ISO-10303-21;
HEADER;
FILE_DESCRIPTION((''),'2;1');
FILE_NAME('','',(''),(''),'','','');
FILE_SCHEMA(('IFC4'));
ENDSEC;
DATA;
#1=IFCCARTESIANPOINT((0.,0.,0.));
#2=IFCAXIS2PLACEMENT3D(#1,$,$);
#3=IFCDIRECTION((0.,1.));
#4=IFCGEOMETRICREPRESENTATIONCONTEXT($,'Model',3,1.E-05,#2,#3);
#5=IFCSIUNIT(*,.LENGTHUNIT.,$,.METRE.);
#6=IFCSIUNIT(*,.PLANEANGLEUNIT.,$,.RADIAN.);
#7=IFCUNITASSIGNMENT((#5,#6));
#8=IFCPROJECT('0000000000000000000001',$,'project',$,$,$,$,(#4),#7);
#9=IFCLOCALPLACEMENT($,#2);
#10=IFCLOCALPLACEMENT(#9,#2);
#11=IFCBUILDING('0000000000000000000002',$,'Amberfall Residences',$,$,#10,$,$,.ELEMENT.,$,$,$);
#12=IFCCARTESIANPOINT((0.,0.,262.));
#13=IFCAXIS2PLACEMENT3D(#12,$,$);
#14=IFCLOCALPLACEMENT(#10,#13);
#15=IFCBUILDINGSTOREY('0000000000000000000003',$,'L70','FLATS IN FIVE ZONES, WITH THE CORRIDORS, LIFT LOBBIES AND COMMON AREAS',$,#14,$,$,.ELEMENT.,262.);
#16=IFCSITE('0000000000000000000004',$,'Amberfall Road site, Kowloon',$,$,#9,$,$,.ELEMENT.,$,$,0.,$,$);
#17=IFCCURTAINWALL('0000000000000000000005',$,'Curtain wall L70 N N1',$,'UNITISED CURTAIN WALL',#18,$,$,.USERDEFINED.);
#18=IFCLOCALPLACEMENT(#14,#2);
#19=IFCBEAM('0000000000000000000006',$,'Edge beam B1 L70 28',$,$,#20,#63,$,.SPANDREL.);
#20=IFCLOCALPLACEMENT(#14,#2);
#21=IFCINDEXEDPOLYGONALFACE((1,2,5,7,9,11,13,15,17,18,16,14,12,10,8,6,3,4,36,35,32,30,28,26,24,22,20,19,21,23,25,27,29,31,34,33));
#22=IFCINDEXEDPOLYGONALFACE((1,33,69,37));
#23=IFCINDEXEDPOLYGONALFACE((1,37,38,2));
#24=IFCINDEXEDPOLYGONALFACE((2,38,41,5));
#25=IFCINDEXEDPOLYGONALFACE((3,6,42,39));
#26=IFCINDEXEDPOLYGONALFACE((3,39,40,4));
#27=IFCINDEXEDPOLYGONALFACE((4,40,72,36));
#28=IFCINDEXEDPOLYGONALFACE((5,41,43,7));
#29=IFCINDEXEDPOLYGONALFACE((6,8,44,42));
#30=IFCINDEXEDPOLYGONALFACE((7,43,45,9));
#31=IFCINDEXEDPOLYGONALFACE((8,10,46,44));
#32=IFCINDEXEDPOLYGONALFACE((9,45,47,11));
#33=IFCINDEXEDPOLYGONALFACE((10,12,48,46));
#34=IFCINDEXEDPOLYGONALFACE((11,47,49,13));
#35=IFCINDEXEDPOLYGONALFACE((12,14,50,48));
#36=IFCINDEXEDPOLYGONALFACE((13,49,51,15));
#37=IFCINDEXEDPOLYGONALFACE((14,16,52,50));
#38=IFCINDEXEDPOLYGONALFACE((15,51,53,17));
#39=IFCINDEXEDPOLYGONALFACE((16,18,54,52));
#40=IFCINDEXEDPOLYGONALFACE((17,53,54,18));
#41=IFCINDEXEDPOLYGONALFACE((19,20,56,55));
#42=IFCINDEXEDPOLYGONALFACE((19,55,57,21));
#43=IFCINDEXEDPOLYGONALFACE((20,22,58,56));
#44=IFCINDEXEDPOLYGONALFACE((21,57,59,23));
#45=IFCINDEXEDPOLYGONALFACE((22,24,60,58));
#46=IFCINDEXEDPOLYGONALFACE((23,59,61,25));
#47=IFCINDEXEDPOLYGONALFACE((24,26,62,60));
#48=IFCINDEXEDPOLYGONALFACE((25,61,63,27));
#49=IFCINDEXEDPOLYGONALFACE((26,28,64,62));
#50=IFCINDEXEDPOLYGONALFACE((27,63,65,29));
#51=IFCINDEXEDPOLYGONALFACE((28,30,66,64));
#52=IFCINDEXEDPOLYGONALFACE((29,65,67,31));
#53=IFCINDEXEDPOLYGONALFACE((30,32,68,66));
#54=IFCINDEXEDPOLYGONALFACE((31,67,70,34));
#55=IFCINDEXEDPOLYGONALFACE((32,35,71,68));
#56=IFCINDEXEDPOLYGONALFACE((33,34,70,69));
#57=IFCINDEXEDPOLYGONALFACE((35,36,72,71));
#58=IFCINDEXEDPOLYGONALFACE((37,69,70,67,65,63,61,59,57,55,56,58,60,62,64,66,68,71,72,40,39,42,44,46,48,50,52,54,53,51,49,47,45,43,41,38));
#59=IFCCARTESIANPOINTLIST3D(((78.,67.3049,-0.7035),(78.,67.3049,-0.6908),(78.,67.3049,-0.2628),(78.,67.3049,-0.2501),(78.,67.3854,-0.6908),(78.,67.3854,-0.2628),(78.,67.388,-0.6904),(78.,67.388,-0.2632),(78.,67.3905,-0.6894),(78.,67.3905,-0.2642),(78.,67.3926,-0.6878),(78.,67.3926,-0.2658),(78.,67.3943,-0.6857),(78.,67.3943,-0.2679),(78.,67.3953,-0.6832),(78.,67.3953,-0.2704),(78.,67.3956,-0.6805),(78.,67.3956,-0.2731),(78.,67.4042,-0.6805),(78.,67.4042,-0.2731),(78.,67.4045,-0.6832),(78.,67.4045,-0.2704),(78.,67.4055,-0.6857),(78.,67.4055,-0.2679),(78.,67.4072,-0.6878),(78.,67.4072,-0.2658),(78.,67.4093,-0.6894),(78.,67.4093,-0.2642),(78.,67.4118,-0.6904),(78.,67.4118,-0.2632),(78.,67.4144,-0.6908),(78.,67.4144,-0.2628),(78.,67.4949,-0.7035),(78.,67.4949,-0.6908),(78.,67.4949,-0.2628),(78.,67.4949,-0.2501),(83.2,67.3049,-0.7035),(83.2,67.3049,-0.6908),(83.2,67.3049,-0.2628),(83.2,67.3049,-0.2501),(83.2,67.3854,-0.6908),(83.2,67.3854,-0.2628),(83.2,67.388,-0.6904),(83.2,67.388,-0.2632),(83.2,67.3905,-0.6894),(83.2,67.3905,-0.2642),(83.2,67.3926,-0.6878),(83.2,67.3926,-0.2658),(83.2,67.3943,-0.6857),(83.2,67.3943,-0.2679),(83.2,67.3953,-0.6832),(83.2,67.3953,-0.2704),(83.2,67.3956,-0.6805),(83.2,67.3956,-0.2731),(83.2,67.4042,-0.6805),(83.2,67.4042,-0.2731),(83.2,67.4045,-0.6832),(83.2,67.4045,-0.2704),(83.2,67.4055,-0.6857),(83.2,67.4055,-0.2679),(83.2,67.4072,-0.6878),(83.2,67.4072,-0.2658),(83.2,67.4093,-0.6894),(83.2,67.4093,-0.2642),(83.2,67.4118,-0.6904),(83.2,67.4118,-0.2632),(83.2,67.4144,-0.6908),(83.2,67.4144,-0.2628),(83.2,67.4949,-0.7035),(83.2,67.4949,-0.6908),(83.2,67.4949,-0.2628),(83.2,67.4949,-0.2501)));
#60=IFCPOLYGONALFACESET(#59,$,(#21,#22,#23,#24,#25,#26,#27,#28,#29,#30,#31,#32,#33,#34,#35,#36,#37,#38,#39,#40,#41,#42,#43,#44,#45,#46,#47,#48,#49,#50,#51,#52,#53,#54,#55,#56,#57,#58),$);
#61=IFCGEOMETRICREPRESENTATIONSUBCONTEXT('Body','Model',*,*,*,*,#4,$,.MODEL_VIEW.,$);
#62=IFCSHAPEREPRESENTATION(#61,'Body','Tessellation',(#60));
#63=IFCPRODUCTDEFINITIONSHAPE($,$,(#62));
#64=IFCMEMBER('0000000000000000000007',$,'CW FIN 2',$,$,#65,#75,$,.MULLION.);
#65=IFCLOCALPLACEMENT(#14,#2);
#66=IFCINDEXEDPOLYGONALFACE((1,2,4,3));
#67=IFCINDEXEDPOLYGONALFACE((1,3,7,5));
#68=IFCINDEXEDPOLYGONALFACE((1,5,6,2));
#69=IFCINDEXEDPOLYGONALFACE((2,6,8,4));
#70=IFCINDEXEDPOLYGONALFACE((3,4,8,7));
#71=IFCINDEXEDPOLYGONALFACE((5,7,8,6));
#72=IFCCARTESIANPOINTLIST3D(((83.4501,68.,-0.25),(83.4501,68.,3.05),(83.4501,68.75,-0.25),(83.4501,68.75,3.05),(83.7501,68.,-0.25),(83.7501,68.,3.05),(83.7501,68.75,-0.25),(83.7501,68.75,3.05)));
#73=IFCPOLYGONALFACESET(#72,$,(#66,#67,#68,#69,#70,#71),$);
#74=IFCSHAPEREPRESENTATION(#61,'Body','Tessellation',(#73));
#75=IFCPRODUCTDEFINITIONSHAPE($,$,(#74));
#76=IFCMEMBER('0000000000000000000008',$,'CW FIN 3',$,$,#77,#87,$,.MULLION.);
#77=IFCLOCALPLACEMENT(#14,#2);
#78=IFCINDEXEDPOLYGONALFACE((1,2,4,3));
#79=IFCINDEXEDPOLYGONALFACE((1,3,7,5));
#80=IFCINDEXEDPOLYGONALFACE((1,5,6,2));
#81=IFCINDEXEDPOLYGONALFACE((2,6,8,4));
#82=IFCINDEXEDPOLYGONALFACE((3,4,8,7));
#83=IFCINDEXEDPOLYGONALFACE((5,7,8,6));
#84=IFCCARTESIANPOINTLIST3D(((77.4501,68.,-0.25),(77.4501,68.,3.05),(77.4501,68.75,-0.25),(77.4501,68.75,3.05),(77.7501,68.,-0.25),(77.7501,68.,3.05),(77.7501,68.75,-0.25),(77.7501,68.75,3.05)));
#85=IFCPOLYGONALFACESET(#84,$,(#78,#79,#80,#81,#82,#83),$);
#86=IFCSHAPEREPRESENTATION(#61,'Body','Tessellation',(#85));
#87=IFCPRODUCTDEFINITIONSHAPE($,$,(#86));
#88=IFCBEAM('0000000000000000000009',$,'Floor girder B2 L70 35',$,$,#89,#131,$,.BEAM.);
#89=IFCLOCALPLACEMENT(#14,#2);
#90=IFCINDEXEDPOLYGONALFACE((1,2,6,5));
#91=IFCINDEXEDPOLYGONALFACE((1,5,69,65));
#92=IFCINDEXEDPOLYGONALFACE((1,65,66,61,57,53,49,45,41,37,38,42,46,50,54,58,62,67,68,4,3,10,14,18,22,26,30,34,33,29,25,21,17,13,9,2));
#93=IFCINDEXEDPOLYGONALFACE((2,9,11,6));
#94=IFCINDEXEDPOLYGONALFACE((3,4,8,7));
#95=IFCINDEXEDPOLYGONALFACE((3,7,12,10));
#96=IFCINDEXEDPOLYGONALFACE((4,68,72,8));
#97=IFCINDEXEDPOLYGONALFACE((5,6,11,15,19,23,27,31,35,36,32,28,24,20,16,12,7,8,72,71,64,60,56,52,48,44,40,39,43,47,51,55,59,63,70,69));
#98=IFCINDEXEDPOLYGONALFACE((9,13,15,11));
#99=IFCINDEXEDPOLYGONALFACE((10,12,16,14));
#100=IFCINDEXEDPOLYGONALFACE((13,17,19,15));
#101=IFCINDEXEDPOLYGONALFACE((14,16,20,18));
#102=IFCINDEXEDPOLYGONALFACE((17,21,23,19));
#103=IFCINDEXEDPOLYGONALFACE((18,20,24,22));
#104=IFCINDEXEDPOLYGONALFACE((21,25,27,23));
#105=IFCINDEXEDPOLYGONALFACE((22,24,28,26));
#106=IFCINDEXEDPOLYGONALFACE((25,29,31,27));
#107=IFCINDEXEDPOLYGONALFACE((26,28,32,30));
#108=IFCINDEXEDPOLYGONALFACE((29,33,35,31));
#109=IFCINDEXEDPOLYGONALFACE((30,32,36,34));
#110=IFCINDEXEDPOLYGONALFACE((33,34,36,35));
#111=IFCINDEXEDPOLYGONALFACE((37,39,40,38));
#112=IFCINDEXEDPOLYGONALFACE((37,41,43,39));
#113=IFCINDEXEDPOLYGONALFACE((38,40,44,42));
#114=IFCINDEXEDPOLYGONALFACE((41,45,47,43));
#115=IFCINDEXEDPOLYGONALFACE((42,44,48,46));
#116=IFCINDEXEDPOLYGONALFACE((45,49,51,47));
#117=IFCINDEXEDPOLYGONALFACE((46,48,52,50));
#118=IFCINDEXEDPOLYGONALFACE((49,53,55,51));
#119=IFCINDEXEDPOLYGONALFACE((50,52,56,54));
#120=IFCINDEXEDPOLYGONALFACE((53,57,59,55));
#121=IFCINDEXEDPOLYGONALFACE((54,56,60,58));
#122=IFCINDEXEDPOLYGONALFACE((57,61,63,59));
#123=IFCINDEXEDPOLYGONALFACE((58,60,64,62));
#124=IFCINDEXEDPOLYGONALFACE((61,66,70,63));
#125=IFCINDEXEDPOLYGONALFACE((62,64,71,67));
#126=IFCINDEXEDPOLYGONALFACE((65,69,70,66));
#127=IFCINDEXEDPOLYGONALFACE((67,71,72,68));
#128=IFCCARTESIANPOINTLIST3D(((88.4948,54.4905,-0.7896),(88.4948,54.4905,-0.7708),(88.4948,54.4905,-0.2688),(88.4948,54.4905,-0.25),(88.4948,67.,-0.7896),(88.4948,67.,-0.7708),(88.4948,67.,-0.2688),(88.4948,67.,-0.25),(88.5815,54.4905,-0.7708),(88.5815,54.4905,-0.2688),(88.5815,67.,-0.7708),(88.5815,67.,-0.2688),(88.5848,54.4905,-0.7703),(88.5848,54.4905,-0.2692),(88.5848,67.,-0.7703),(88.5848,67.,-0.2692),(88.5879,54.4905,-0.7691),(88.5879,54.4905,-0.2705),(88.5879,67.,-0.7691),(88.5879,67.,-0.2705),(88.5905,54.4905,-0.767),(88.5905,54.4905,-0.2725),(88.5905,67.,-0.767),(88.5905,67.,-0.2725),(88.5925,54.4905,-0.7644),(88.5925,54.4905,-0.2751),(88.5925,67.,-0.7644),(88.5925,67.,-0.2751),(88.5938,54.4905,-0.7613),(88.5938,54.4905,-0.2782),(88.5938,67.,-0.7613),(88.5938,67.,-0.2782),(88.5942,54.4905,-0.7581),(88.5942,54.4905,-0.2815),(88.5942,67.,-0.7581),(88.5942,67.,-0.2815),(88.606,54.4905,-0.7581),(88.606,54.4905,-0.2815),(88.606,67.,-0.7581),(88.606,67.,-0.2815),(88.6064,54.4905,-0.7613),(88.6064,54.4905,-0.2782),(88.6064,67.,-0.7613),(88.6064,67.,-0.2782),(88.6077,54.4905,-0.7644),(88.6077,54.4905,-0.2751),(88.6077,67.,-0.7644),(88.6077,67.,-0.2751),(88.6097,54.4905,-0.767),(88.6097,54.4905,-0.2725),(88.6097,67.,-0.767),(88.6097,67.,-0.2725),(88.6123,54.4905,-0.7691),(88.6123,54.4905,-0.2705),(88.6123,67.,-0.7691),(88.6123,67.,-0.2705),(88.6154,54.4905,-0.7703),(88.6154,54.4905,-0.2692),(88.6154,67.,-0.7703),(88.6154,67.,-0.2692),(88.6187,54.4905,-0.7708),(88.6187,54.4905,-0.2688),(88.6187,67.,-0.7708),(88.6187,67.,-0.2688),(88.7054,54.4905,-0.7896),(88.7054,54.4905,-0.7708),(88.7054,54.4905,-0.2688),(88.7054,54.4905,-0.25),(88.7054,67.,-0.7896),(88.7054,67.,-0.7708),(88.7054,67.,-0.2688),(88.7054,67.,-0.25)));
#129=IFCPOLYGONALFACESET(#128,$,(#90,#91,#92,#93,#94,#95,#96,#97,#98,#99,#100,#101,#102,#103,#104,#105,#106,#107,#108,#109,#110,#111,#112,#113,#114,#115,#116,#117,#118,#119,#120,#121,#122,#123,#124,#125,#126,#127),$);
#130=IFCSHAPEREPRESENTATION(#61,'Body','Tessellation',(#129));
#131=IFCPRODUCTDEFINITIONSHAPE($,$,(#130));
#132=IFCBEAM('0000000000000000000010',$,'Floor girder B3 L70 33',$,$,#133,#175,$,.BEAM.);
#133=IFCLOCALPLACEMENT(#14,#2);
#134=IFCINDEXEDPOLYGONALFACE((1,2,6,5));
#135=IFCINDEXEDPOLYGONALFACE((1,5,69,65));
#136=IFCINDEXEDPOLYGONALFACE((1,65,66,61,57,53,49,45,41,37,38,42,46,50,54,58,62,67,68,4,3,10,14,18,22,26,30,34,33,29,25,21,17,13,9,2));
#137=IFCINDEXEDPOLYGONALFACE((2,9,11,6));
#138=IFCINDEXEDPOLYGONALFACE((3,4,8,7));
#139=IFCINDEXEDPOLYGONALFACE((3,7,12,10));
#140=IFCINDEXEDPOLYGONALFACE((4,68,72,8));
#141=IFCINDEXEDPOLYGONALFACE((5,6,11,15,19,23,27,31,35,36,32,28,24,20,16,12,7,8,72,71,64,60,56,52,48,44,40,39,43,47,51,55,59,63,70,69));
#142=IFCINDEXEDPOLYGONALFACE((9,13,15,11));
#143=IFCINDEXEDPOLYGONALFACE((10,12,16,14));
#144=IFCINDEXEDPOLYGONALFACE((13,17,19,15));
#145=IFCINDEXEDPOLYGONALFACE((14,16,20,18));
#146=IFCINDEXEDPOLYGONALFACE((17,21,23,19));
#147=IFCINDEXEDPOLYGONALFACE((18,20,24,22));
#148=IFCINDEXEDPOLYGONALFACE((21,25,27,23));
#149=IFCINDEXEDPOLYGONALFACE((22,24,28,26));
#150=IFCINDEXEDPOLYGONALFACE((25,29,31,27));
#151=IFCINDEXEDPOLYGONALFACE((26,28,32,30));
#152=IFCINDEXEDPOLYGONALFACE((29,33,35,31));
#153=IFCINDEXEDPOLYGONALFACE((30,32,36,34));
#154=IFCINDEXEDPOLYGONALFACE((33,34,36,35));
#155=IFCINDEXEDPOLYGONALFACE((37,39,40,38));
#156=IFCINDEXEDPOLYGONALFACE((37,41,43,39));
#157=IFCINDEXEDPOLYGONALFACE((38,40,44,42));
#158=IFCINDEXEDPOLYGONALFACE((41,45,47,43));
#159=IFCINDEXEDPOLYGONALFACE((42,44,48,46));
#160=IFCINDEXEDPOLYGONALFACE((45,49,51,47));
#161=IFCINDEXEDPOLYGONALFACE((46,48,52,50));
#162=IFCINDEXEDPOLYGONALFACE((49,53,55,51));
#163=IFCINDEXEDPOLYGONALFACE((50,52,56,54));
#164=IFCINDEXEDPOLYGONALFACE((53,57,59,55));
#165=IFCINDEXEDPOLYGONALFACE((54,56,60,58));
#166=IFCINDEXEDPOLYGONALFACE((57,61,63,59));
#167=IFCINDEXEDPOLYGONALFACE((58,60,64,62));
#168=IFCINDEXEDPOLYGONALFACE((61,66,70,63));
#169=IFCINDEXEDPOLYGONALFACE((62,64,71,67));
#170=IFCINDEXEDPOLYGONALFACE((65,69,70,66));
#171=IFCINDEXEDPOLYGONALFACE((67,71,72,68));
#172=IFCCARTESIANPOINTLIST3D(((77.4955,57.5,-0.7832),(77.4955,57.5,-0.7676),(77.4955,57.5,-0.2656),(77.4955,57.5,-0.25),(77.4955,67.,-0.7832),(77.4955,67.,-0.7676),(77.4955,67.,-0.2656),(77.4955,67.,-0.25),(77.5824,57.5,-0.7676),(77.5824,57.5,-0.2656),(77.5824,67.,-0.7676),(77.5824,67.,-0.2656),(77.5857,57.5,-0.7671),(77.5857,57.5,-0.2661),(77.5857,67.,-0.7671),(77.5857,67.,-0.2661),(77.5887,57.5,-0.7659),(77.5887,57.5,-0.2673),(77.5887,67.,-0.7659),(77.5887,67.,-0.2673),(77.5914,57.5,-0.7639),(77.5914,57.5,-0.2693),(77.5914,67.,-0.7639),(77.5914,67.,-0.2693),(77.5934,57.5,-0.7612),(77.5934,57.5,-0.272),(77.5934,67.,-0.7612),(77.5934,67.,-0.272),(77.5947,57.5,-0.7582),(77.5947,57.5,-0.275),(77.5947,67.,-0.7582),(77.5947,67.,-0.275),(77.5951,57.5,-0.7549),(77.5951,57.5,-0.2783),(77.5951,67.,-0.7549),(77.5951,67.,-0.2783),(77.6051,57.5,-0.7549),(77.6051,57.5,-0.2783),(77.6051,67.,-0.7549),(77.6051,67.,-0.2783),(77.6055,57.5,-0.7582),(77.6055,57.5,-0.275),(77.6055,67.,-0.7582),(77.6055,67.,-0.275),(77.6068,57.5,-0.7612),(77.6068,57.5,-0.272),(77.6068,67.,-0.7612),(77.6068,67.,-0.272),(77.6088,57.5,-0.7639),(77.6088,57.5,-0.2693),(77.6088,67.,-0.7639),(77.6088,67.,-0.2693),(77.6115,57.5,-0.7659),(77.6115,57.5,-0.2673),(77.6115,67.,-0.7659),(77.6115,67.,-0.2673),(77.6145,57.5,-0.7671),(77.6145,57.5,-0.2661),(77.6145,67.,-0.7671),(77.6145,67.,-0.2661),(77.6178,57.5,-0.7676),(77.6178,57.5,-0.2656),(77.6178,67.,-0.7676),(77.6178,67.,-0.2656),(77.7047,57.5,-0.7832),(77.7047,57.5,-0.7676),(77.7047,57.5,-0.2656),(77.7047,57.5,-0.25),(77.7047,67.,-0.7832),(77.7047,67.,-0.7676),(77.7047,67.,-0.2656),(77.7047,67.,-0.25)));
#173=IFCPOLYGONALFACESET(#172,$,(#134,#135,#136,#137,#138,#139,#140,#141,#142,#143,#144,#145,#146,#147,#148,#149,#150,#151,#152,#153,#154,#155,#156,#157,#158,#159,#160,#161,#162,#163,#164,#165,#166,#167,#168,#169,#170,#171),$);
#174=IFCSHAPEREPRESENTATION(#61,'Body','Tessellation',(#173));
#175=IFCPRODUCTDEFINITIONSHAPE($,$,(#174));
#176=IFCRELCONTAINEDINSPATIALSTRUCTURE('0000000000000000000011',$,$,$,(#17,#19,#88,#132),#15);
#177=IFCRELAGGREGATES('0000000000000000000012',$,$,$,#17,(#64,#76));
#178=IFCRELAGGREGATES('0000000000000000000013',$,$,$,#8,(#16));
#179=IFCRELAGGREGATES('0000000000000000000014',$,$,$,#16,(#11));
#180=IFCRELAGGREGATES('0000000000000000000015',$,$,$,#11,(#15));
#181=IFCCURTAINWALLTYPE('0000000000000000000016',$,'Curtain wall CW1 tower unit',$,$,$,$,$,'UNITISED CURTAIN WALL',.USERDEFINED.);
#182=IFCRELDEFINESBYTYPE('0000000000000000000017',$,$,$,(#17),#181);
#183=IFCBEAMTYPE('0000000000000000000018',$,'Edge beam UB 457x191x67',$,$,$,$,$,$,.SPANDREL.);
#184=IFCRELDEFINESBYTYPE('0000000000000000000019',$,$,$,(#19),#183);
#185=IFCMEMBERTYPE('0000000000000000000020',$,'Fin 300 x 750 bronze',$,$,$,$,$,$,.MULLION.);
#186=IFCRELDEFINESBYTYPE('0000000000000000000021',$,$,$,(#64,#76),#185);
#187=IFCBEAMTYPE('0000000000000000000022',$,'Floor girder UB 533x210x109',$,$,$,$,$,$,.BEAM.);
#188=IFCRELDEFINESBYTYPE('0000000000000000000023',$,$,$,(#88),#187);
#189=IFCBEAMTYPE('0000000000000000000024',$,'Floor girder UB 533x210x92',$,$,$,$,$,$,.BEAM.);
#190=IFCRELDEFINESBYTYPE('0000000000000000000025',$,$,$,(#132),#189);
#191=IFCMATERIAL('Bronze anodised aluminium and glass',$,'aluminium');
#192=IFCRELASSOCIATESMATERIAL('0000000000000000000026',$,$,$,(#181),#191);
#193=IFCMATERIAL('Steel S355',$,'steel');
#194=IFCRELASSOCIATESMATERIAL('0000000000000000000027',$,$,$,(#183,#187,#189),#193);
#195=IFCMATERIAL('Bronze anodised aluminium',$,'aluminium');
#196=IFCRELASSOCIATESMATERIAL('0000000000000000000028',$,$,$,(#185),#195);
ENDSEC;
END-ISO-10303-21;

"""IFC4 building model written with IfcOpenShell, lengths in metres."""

from ifc_helpers import new_model, si_unit, direction, frame, origin, origin_2d, place, context, subcontext, project, spatial, rectangle, i_section, extrude, material, material_profile, profile_set, type_object, element, aggregate, save


model = new_model("IFC4")

# Units and contexts
model_context = context("Model", 3, precision=1e-05, world=origin(), true_north=direction((0.0, 1.0)))
body_context = subcontext(model_context, "Body", "Model", "MODEL_VIEW")
ifc_project = project(units=[si_unit("LENGTHUNIT", "METRE"), si_unit("PLANEANGLEUNIT", "RADIAN")], contexts=[model_context])

# Site, building, storey
site_placement = place(None, origin())
site = spatial("IfcSite", under=ifc_project, at=site_placement, Name="Amberfall Road site, Kowloon", CompositionType="ELEMENT", RefElevation=0.0)
building_placement = place(site_placement, origin())
building = spatial("IfcBuilding", under=site, at=building_placement, Name="Amberfall Residences", CompositionType="ELEMENT")
storey_placement = place(building_placement, frame((0.0, 0.0, 262.0)))
storey = spatial("IfcBuildingStorey", under=building, at=storey_placement, Name="L70", Description="FLATS IN FIVE ZONES, WITH THE CORRIDORS, LIFT LOBBIES AND COMMON AREAS", CompositionType="ELEMENT", Elevation=262.0)

# Curtain wall
ifc_material_1 = material(Name="Bronze anodised aluminium and glass", Category="aluminium")
curtain_wall_type = type_object("IfcCurtainWallType", Name="Curtain wall CW1 tower unit", ElementType="UNITISED CURTAIN WALL", PredefinedType="USERDEFINED", material=ifc_material_1)
curtain_wall_placement = place(storey_placement, origin())
curtain_wall = element("IfcCurtainWall", 1, at=curtain_wall_placement, inside=storey, type_object=curtain_wall_type, Name="Curtain wall L70 N N1", ObjectType="UNITISED CURTAIN WALL", PredefinedType="USERDEFINED")
ifc_material_2 = material(Name="Bronze anodised aluminium", Category="aluminium")

# Beam
ifc_material_3 = material(Name="Steel S355", Category="steel")
ifc_material_profile_1 = material_profile(ifc_material_3, i_section(OverallWidth=0.1899, OverallDepth=0.4534, WebThickness=0.0085, FlangeThickness=0.0127, FilletRadius=0.0103, at=origin_2d()), Name="UB 457x191x67")
ifc_profile_set_1 = profile_set([ifc_material_profile_1], Name="Steel S355")
beam_type_1 = type_object("IfcBeamType", Name="Edge beam UB 457x191x67", PredefinedType="SPANDREL", material=ifc_profile_set_1)
for number, where, z_axis, x_axis, name in (
    (2, (78.0, 67.3999, -0.4768), (1.0, 0.0, 0.0), (0.0, 1.0, 0.0), "Edge beam B1 L70 28"),
):
    element("IfcBeam", number, at=place(storey_placement, frame(where, z_axis=z_axis, x_axis=x_axis)), inside=storey, type_object=beam_type_1, Name=name, PredefinedType="SPANDREL", context=body_context, shape_type="SweptSolid", body=[
        extrude(i_section(OverallWidth=0.1899, OverallDepth=0.4534, WebThickness=0.0085, FlangeThickness=0.0127, FilletRadius=0.0103, at=origin_2d()), origin(), (0.0, 0.0, 1.0), 5.2),
    ])

# Members
ifc_material_profile_2 = material_profile(ifc_material_2, rectangle(XDim=0.75, YDim=0.3, at=origin_2d()), Name="Fin 300 x 750 bronze")
ifc_profile_set_2 = profile_set([ifc_material_profile_2], Name="Bronze anodised aluminium")
member_type_1 = type_object("IfcMemberType", Name="Fin 300 x 750 bronze", PredefinedType="MULLION", material=ifc_profile_set_2)
member_1_placement = place(storey_placement, frame((83.6001, 68.375, -0.25), z_axis=(0.0, 0.0, 1.0), x_axis=(0.0, -1.0, 0.0)))
member_1 = element("IfcMember", 3, at=member_1_placement, type_object=member_type_1, Name="CW FIN 2", PredefinedType="MULLION", context=body_context, shape_type="SweptSolid", body=[
    extrude(rectangle(XDim=0.75, YDim=0.3, at=origin_2d()), origin(), (0.0, 0.0, 1.0), 3.3),
])
member_2_placement = place(storey_placement, frame((77.6001, 68.375, -0.25), z_axis=(0.0, 0.0, 1.0), x_axis=(0.0, -1.0, 0.0)))
member_2 = element("IfcMember", 4, at=member_2_placement, type_object=member_type_1, Name="CW FIN 3", PredefinedType="MULLION", context=body_context, shape_type="SweptSolid", body=[
    extrude(rectangle(XDim=0.75, YDim=0.3, at=origin_2d()), origin(), (0.0, 0.0, 1.0), 3.3),
])

# Beams
ifc_material_profile_3 = material_profile(ifc_material_3, i_section(OverallWidth=0.2107, OverallDepth=0.5396, WebThickness=0.0117, FlangeThickness=0.0188, FilletRadius=0.0127, at=origin_2d()), Name="UB 533x210x109")
ifc_profile_set_3 = profile_set([ifc_material_profile_3], Name="Steel S355")
beam_type_2 = type_object("IfcBeamType", Name="Floor girder UB 533x210x109", PredefinedType="BEAM", material=ifc_profile_set_3)
beam_1_placement = place(storey_placement, frame((88.6001, 67.0, -0.5198), z_axis=(0.0, -1.0, 0.0), x_axis=(1.0, 0.0, 0.0)))
element("IfcBeam", 5, at=beam_1_placement, inside=storey, type_object=beam_type_2, Name="Floor girder B2 L70 35", PredefinedType="BEAM", context=body_context, shape_type="SweptSolid", body=[
    extrude(i_section(OverallWidth=0.2107, OverallDepth=0.5396, WebThickness=0.0117, FlangeThickness=0.0188, FilletRadius=0.0127, at=origin_2d()), origin(), (0.0, 0.0, 1.0), 12.5095),
])
ifc_material_profile_4 = material_profile(ifc_material_3, i_section(OverallWidth=0.2092, OverallDepth=0.5332, WebThickness=0.01, FlangeThickness=0.0156, FilletRadius=0.0127, at=origin_2d()), Name="UB 533x210x92")
ifc_profile_set_4 = profile_set([ifc_material_profile_4], Name="Steel S355")
beam_type_3 = type_object("IfcBeamType", Name="Floor girder UB 533x210x92", PredefinedType="BEAM", material=ifc_profile_set_4)
for number, where, z_axis, x_axis, name in (
    (6, (77.6001, 67.0, -0.5166), (0.0, -1.0, 0.0), (1.0, 0.0, 0.0), "Floor girder B3 L70 33"),
):
    element("IfcBeam", number, at=place(storey_placement, frame(where, z_axis=z_axis, x_axis=x_axis)), inside=storey, type_object=beam_type_3, Name=name, PredefinedType="BEAM", context=body_context, shape_type="SweptSolid", body=[
        extrude(i_section(OverallWidth=0.2092, OverallDepth=0.5332, WebThickness=0.01, FlangeThickness=0.0156, FilletRadius=0.0127, at=origin_2d()), origin(), (0.0, 0.0, 1.0), 9.5),
    ])

aggregate(curtain_wall, [member_1, member_2])

save(model, "model.ifc")
